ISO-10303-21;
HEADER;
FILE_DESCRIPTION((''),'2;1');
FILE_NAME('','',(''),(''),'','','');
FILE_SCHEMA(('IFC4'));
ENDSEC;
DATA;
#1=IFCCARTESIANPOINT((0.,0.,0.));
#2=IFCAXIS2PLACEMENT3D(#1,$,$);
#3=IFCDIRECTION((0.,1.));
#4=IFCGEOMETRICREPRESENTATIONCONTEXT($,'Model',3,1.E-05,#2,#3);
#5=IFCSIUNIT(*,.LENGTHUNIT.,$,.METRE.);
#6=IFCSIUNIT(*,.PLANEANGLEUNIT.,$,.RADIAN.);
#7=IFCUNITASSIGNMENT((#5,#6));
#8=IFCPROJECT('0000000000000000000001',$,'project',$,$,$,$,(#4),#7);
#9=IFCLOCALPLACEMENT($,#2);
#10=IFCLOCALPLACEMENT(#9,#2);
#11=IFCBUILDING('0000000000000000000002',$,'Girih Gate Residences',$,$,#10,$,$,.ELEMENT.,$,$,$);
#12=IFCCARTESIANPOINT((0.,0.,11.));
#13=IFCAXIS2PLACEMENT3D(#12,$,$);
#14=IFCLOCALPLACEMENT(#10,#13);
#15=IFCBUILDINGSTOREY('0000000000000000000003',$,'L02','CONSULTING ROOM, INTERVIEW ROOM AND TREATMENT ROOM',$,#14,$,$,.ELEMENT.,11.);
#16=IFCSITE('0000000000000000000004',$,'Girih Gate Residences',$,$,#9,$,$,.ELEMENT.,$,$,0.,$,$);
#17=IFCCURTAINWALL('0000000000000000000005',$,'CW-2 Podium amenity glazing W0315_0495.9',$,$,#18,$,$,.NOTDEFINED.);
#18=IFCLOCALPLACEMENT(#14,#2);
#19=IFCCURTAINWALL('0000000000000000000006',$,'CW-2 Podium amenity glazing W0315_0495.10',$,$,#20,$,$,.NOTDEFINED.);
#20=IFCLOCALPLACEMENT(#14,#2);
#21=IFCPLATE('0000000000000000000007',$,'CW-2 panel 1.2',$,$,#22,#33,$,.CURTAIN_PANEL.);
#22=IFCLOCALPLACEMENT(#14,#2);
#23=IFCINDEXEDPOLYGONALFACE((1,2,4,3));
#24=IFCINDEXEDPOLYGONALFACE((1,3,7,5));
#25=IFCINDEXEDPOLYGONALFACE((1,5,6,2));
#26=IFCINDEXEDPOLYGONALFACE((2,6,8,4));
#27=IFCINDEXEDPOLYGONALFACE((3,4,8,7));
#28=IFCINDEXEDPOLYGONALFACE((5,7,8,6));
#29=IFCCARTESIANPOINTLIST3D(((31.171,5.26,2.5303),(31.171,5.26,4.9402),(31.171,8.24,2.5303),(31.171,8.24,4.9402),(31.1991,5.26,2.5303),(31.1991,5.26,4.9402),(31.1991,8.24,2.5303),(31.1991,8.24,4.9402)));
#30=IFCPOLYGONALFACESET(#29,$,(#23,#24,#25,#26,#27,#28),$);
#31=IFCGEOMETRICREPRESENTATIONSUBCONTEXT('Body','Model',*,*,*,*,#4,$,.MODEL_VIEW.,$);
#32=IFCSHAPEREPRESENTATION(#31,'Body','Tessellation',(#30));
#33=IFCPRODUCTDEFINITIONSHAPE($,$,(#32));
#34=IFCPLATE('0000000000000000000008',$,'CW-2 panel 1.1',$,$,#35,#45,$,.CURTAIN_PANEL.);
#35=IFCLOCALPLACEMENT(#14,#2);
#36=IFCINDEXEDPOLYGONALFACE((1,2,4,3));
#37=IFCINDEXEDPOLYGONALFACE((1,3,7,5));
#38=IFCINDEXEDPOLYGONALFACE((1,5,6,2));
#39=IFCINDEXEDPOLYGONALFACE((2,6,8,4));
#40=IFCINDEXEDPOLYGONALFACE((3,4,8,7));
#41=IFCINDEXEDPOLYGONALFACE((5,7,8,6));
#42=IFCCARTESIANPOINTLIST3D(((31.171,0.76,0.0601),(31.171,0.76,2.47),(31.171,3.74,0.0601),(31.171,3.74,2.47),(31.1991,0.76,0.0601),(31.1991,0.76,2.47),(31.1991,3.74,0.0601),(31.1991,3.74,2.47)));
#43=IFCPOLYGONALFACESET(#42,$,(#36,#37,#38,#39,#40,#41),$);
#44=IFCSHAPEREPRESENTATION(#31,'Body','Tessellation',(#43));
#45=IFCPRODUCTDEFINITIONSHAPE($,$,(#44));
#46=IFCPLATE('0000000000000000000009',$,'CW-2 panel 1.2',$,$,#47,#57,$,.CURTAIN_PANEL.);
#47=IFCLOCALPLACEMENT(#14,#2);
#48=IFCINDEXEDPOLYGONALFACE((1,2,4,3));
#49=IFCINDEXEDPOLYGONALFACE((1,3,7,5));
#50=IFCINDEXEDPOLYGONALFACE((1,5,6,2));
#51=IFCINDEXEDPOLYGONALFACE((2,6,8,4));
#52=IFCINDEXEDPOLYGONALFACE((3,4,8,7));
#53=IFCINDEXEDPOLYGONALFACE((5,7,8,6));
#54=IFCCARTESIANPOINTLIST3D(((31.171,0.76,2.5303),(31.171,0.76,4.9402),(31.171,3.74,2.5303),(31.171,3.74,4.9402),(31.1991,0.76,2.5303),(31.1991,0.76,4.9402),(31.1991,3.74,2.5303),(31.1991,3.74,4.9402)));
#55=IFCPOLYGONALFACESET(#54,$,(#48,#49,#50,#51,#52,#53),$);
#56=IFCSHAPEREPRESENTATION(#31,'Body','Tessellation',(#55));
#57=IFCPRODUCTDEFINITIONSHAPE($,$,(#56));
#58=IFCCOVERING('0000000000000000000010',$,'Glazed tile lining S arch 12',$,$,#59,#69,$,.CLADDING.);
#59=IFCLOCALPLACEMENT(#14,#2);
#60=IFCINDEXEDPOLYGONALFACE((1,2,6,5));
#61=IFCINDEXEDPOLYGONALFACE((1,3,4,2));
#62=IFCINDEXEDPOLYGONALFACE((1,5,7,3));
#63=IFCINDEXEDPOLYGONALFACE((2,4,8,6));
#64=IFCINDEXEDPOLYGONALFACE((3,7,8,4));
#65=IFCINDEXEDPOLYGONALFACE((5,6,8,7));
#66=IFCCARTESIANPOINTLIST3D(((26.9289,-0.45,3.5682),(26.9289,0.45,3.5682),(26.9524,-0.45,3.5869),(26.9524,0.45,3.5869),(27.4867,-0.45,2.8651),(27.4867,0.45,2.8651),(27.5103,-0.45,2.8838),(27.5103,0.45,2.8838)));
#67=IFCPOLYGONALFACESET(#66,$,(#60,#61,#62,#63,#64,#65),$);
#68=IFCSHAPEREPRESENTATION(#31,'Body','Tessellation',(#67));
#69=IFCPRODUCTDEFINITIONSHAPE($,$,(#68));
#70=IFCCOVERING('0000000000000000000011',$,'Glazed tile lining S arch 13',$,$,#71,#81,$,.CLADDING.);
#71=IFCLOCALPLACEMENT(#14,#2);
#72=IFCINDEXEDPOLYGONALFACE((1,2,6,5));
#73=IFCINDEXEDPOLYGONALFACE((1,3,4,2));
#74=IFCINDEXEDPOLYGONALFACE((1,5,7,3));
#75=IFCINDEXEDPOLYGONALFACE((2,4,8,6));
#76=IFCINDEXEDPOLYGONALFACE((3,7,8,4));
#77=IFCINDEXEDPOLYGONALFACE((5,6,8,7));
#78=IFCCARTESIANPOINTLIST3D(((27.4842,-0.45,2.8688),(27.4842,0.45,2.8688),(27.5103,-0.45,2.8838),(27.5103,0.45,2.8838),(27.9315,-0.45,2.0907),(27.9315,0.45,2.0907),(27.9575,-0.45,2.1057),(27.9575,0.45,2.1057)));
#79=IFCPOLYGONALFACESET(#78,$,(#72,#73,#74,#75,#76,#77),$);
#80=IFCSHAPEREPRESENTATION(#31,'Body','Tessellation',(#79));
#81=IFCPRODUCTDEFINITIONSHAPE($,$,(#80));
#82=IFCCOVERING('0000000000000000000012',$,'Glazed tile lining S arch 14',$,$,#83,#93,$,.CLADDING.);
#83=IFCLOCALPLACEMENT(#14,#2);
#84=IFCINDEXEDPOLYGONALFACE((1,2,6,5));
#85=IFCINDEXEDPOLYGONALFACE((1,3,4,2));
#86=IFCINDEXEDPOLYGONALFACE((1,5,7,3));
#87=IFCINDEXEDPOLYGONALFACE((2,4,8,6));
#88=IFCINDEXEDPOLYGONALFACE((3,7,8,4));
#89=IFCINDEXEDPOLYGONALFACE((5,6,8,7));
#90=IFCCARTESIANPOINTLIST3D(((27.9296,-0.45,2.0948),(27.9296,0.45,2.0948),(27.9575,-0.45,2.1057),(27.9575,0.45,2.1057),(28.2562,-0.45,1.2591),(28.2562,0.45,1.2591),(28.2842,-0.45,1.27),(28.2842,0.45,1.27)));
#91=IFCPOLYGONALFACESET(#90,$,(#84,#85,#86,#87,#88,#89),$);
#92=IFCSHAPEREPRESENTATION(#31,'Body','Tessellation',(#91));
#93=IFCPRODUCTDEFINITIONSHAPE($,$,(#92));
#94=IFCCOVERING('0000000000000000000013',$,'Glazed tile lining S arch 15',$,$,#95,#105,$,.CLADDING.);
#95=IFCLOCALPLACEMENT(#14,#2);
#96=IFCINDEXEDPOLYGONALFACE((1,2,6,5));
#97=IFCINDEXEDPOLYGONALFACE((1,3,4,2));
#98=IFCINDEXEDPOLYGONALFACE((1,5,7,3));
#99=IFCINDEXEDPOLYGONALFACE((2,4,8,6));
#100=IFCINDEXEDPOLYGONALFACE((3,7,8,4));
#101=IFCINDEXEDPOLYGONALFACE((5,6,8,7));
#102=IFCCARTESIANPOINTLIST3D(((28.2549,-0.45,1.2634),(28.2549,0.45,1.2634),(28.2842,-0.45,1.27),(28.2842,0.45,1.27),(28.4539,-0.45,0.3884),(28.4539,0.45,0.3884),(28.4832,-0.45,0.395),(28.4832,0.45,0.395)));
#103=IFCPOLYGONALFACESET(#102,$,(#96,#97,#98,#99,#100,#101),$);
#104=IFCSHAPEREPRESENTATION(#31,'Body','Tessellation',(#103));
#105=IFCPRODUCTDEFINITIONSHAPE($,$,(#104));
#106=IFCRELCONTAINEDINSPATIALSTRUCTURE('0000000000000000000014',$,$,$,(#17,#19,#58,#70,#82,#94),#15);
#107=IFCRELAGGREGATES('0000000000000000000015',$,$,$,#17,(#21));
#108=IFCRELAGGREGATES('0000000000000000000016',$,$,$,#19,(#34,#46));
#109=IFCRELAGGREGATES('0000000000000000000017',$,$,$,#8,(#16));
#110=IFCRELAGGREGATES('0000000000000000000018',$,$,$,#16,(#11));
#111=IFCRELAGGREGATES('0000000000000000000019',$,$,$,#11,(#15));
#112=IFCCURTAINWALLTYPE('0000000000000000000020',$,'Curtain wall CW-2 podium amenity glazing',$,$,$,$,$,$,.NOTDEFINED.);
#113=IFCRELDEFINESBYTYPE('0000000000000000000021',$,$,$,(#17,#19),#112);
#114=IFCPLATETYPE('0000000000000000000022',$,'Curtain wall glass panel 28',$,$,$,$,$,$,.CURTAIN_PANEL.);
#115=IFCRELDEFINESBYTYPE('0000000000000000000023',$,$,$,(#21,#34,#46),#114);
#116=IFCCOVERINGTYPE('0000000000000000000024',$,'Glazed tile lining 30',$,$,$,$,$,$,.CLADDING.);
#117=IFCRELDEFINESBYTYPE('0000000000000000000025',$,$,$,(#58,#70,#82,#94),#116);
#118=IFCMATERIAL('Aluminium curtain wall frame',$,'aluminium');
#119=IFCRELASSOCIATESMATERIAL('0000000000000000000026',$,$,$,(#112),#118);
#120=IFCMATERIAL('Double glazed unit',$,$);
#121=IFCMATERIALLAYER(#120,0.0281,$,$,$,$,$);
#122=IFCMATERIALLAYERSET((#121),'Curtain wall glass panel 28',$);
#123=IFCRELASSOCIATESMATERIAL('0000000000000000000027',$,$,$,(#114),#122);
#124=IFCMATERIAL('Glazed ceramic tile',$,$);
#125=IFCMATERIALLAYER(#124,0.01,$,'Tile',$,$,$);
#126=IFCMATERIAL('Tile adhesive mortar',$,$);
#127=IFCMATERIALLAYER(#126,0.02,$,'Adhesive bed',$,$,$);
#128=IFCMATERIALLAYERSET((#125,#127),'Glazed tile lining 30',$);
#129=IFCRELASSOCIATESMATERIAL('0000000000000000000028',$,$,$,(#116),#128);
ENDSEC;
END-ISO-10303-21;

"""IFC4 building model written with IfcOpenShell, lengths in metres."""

from ifc_helpers import new_model, si_unit, direction, frame, origin, origin_2d, place, context, subcontext, project, spatial, polyline, rectangle, outline, extrude, material, layer, layer_set, type_object, element, aggregate, save


model = new_model("IFC4")

# Units and contexts
model_context = context("Model", 3, precision=1e-05, world=origin(), true_north=direction((0.0, 1.0)))
body_context = subcontext(model_context, "Body", "Model", "MODEL_VIEW")
ifc_project = project(units=[si_unit("LENGTHUNIT", "METRE"), si_unit("PLANEANGLEUNIT", "RADIAN")], contexts=[model_context])

# Site, building, storey
site_placement = place(None, origin())
site = spatial("IfcSite", under=ifc_project, at=site_placement, Name="Girih Gate Residences", CompositionType="ELEMENT", RefElevation=0.0)
building_placement = place(site_placement, origin())
building = spatial("IfcBuilding", under=site, at=building_placement, Name="Girih Gate Residences", CompositionType="ELEMENT")
storey_placement = place(building_placement, frame((0.0, 0.0, 11.0)))
storey = spatial("IfcBuildingStorey", under=building, at=storey_placement, Name="L02", Description="CONSULTING ROOM, INTERVIEW ROOM AND TREATMENT ROOM", CompositionType="ELEMENT", Elevation=11.0)

# Shared definitions
ifc_material_1 = material(Name="Aluminium curtain wall frame", Category="aluminium")
curtain_wall_type = type_object("IfcCurtainWallType", Name="Curtain wall CW-2 podium amenity glazing", PredefinedType="NOTDEFINED", material=ifc_material_1)

# Curtain walls
curtain_wall_1_placement = place(storey_placement, origin())
curtain_wall_1 = element("IfcCurtainWall", 1, at=curtain_wall_1_placement, inside=storey, type_object=curtain_wall_type, Name="CW-2 Podium amenity glazing W0315_0495.9", PredefinedType="NOTDEFINED")
curtain_wall_2_placement = place(storey_placement, origin())
curtain_wall_2 = element("IfcCurtainWall", 2, at=curtain_wall_2_placement, inside=storey, type_object=curtain_wall_type, Name="CW-2 Podium amenity glazing W0315_0495.10", PredefinedType="NOTDEFINED")

# Plates
ifc_material_2 = material(Name="Double glazed unit")
ifc_layer_1 = layer(ifc_material_2, 0.0281)
ifc_layer_set_1 = layer_set([ifc_layer_1], Name="Curtain wall glass panel 28")
plate_type = type_object("IfcPlateType", Name="Curtain wall glass panel 28", PredefinedType="CURTAIN_PANEL", material=ifc_layer_set_1)
plate_1_placement = place(storey_placement, frame((31.1851, 6.75, 2.5303), z_axis=(0.0, 0.0, 1.0), x_axis=(0.0, -1.0, 0.0)))
plate_1 = element("IfcPlate", 3, at=plate_1_placement, type_object=plate_type, Name="CW-2 panel 1.2", PredefinedType="CURTAIN_PANEL", context=body_context, shape_type="SweptSolid", body=[
    extrude(rectangle(XDim=2.98, YDim=0.0281, at=origin_2d()), origin(), (0.0, 0.0, 1.0), 2.4099),
])
aggregate(curtain_wall_1, [plate_1])
plate_2_placement = place(storey_placement, frame((31.1851, 2.25, 0.0601), z_axis=(0.0, 0.0, 1.0), x_axis=(0.0, -1.0, 0.0)))
plate_2 = element("IfcPlate", 4, at=plate_2_placement, type_object=plate_type, Name="CW-2 panel 1.1", PredefinedType="CURTAIN_PANEL", context=body_context, shape_type="SweptSolid", body=[
    extrude(rectangle(XDim=2.98, YDim=0.0281, at=origin_2d()), origin(), (0.0, 0.0, 1.0), 2.4099),
])
plate_3_placement = place(storey_placement, frame((31.1851, 2.25, 2.5303), z_axis=(0.0, 0.0, 1.0), x_axis=(0.0, -1.0, 0.0)))
plate_3 = element("IfcPlate", 5, at=plate_3_placement, type_object=plate_type, Name="CW-2 panel 1.2", PredefinedType="CURTAIN_PANEL", context=body_context, shape_type="SweptSolid", body=[
    extrude(rectangle(XDim=2.98, YDim=0.0281, at=origin_2d()), origin(), (0.0, 0.0, 1.0), 2.4099),
])
aggregate(curtain_wall_2, [plate_2, plate_3])

# Coverings
ifc_material_3 = material(Name="Glazed ceramic tile")
ifc_layer_2 = layer(ifc_material_3, 0.01, Name="Tile")
ifc_material_4 = material(Name="Tile adhesive mortar")
ifc_layer_3 = layer(ifc_material_4, 0.02, Name="Adhesive bed")
ifc_layer_set_2 = layer_set([ifc_layer_2, ifc_layer_3], Name="Glazed tile lining 30")
covering_type = type_object("IfcCoveringType", Name="Glazed tile lining 30", PredefinedType="CLADDING", material=ifc_layer_set_2)
covering_1_placement = place(storey_placement, frame((26.9524, -0.45, 3.5869), z_axis=(0.783384, 0.0, 0.621539), x_axis=(0.621539, 0.0, -0.783384)))
element("IfcCovering", 6, at=covering_1_placement, inside=storey, type_object=covering_type, Name="Glazed tile lining S arch 12", PredefinedType="CLADDING", context=body_context, shape_type="SweptSolid", body=[
    extrude(outline(polyline([(0.0, 0.0), (0.8975, 0.0), (0.8975, 0.8999), (0.0, 0.8999), (0.0, 0.0)])), origin(), (0.0, 0.0, -1.0), 0.03),
])
covering_2_placement = place(storey_placement, frame((27.5103, -0.45, 2.8838), z_axis=(0.866968, 0.0, 0.498364), x_axis=(0.498364, 0.0, -0.866968)))
element("IfcCovering", 7, at=covering_2_placement, inside=storey, type_object=covering_type, Name="Glazed tile lining S arch 13", PredefinedType="CLADDING", context=body_context, shape_type="SweptSolid", body=[
    extrude(outline(polyline([(0.0, 0.0), (0.8975, 0.0), (0.8975, 0.8999), (0.0, 0.8999), (0.0, 0.0)])), origin(), (0.0, 0.0, -1.0), 0.03),
])
covering_3_placement = place(storey_placement, frame((27.9575, -0.45, 2.1057), z_axis=(0.931375, 0.0, 0.364061), x_axis=(0.364061, 0.0, -0.931375)))
element("IfcCovering", 8, at=covering_3_placement, inside=storey, type_object=covering_type, Name="Glazed tile lining S arch 14", PredefinedType="CLADDING", context=body_context, shape_type="SweptSolid", body=[
    extrude(outline(polyline([(0.0, 0.0), (0.8973, 0.0), (0.8973, 0.8999), (0.0, 0.8999), (0.0, 0.0)])), origin(), (0.0, 0.0, -1.0), 0.03),
])
covering_4_placement = place(storey_placement, frame((28.2842, -0.45, 1.27), z_axis=(0.975106, 0.0, 0.221739), x_axis=(0.221739, 0.0, -0.975106)))
element("IfcCovering", 9, at=covering_4_placement, inside=storey, type_object=covering_type, Name="Glazed tile lining S arch 15", PredefinedType="CLADDING", context=body_context, shape_type="SweptSolid", body=[
    extrude(outline(polyline([(0.0, 0.0), (0.8973, 0.0), (0.8973, 0.8999), (0.0, 0.8999), (0.0, 0.0)])), origin(), (0.0, 0.0, -1.0), 0.03),
])

save(model, "model.ifc")
